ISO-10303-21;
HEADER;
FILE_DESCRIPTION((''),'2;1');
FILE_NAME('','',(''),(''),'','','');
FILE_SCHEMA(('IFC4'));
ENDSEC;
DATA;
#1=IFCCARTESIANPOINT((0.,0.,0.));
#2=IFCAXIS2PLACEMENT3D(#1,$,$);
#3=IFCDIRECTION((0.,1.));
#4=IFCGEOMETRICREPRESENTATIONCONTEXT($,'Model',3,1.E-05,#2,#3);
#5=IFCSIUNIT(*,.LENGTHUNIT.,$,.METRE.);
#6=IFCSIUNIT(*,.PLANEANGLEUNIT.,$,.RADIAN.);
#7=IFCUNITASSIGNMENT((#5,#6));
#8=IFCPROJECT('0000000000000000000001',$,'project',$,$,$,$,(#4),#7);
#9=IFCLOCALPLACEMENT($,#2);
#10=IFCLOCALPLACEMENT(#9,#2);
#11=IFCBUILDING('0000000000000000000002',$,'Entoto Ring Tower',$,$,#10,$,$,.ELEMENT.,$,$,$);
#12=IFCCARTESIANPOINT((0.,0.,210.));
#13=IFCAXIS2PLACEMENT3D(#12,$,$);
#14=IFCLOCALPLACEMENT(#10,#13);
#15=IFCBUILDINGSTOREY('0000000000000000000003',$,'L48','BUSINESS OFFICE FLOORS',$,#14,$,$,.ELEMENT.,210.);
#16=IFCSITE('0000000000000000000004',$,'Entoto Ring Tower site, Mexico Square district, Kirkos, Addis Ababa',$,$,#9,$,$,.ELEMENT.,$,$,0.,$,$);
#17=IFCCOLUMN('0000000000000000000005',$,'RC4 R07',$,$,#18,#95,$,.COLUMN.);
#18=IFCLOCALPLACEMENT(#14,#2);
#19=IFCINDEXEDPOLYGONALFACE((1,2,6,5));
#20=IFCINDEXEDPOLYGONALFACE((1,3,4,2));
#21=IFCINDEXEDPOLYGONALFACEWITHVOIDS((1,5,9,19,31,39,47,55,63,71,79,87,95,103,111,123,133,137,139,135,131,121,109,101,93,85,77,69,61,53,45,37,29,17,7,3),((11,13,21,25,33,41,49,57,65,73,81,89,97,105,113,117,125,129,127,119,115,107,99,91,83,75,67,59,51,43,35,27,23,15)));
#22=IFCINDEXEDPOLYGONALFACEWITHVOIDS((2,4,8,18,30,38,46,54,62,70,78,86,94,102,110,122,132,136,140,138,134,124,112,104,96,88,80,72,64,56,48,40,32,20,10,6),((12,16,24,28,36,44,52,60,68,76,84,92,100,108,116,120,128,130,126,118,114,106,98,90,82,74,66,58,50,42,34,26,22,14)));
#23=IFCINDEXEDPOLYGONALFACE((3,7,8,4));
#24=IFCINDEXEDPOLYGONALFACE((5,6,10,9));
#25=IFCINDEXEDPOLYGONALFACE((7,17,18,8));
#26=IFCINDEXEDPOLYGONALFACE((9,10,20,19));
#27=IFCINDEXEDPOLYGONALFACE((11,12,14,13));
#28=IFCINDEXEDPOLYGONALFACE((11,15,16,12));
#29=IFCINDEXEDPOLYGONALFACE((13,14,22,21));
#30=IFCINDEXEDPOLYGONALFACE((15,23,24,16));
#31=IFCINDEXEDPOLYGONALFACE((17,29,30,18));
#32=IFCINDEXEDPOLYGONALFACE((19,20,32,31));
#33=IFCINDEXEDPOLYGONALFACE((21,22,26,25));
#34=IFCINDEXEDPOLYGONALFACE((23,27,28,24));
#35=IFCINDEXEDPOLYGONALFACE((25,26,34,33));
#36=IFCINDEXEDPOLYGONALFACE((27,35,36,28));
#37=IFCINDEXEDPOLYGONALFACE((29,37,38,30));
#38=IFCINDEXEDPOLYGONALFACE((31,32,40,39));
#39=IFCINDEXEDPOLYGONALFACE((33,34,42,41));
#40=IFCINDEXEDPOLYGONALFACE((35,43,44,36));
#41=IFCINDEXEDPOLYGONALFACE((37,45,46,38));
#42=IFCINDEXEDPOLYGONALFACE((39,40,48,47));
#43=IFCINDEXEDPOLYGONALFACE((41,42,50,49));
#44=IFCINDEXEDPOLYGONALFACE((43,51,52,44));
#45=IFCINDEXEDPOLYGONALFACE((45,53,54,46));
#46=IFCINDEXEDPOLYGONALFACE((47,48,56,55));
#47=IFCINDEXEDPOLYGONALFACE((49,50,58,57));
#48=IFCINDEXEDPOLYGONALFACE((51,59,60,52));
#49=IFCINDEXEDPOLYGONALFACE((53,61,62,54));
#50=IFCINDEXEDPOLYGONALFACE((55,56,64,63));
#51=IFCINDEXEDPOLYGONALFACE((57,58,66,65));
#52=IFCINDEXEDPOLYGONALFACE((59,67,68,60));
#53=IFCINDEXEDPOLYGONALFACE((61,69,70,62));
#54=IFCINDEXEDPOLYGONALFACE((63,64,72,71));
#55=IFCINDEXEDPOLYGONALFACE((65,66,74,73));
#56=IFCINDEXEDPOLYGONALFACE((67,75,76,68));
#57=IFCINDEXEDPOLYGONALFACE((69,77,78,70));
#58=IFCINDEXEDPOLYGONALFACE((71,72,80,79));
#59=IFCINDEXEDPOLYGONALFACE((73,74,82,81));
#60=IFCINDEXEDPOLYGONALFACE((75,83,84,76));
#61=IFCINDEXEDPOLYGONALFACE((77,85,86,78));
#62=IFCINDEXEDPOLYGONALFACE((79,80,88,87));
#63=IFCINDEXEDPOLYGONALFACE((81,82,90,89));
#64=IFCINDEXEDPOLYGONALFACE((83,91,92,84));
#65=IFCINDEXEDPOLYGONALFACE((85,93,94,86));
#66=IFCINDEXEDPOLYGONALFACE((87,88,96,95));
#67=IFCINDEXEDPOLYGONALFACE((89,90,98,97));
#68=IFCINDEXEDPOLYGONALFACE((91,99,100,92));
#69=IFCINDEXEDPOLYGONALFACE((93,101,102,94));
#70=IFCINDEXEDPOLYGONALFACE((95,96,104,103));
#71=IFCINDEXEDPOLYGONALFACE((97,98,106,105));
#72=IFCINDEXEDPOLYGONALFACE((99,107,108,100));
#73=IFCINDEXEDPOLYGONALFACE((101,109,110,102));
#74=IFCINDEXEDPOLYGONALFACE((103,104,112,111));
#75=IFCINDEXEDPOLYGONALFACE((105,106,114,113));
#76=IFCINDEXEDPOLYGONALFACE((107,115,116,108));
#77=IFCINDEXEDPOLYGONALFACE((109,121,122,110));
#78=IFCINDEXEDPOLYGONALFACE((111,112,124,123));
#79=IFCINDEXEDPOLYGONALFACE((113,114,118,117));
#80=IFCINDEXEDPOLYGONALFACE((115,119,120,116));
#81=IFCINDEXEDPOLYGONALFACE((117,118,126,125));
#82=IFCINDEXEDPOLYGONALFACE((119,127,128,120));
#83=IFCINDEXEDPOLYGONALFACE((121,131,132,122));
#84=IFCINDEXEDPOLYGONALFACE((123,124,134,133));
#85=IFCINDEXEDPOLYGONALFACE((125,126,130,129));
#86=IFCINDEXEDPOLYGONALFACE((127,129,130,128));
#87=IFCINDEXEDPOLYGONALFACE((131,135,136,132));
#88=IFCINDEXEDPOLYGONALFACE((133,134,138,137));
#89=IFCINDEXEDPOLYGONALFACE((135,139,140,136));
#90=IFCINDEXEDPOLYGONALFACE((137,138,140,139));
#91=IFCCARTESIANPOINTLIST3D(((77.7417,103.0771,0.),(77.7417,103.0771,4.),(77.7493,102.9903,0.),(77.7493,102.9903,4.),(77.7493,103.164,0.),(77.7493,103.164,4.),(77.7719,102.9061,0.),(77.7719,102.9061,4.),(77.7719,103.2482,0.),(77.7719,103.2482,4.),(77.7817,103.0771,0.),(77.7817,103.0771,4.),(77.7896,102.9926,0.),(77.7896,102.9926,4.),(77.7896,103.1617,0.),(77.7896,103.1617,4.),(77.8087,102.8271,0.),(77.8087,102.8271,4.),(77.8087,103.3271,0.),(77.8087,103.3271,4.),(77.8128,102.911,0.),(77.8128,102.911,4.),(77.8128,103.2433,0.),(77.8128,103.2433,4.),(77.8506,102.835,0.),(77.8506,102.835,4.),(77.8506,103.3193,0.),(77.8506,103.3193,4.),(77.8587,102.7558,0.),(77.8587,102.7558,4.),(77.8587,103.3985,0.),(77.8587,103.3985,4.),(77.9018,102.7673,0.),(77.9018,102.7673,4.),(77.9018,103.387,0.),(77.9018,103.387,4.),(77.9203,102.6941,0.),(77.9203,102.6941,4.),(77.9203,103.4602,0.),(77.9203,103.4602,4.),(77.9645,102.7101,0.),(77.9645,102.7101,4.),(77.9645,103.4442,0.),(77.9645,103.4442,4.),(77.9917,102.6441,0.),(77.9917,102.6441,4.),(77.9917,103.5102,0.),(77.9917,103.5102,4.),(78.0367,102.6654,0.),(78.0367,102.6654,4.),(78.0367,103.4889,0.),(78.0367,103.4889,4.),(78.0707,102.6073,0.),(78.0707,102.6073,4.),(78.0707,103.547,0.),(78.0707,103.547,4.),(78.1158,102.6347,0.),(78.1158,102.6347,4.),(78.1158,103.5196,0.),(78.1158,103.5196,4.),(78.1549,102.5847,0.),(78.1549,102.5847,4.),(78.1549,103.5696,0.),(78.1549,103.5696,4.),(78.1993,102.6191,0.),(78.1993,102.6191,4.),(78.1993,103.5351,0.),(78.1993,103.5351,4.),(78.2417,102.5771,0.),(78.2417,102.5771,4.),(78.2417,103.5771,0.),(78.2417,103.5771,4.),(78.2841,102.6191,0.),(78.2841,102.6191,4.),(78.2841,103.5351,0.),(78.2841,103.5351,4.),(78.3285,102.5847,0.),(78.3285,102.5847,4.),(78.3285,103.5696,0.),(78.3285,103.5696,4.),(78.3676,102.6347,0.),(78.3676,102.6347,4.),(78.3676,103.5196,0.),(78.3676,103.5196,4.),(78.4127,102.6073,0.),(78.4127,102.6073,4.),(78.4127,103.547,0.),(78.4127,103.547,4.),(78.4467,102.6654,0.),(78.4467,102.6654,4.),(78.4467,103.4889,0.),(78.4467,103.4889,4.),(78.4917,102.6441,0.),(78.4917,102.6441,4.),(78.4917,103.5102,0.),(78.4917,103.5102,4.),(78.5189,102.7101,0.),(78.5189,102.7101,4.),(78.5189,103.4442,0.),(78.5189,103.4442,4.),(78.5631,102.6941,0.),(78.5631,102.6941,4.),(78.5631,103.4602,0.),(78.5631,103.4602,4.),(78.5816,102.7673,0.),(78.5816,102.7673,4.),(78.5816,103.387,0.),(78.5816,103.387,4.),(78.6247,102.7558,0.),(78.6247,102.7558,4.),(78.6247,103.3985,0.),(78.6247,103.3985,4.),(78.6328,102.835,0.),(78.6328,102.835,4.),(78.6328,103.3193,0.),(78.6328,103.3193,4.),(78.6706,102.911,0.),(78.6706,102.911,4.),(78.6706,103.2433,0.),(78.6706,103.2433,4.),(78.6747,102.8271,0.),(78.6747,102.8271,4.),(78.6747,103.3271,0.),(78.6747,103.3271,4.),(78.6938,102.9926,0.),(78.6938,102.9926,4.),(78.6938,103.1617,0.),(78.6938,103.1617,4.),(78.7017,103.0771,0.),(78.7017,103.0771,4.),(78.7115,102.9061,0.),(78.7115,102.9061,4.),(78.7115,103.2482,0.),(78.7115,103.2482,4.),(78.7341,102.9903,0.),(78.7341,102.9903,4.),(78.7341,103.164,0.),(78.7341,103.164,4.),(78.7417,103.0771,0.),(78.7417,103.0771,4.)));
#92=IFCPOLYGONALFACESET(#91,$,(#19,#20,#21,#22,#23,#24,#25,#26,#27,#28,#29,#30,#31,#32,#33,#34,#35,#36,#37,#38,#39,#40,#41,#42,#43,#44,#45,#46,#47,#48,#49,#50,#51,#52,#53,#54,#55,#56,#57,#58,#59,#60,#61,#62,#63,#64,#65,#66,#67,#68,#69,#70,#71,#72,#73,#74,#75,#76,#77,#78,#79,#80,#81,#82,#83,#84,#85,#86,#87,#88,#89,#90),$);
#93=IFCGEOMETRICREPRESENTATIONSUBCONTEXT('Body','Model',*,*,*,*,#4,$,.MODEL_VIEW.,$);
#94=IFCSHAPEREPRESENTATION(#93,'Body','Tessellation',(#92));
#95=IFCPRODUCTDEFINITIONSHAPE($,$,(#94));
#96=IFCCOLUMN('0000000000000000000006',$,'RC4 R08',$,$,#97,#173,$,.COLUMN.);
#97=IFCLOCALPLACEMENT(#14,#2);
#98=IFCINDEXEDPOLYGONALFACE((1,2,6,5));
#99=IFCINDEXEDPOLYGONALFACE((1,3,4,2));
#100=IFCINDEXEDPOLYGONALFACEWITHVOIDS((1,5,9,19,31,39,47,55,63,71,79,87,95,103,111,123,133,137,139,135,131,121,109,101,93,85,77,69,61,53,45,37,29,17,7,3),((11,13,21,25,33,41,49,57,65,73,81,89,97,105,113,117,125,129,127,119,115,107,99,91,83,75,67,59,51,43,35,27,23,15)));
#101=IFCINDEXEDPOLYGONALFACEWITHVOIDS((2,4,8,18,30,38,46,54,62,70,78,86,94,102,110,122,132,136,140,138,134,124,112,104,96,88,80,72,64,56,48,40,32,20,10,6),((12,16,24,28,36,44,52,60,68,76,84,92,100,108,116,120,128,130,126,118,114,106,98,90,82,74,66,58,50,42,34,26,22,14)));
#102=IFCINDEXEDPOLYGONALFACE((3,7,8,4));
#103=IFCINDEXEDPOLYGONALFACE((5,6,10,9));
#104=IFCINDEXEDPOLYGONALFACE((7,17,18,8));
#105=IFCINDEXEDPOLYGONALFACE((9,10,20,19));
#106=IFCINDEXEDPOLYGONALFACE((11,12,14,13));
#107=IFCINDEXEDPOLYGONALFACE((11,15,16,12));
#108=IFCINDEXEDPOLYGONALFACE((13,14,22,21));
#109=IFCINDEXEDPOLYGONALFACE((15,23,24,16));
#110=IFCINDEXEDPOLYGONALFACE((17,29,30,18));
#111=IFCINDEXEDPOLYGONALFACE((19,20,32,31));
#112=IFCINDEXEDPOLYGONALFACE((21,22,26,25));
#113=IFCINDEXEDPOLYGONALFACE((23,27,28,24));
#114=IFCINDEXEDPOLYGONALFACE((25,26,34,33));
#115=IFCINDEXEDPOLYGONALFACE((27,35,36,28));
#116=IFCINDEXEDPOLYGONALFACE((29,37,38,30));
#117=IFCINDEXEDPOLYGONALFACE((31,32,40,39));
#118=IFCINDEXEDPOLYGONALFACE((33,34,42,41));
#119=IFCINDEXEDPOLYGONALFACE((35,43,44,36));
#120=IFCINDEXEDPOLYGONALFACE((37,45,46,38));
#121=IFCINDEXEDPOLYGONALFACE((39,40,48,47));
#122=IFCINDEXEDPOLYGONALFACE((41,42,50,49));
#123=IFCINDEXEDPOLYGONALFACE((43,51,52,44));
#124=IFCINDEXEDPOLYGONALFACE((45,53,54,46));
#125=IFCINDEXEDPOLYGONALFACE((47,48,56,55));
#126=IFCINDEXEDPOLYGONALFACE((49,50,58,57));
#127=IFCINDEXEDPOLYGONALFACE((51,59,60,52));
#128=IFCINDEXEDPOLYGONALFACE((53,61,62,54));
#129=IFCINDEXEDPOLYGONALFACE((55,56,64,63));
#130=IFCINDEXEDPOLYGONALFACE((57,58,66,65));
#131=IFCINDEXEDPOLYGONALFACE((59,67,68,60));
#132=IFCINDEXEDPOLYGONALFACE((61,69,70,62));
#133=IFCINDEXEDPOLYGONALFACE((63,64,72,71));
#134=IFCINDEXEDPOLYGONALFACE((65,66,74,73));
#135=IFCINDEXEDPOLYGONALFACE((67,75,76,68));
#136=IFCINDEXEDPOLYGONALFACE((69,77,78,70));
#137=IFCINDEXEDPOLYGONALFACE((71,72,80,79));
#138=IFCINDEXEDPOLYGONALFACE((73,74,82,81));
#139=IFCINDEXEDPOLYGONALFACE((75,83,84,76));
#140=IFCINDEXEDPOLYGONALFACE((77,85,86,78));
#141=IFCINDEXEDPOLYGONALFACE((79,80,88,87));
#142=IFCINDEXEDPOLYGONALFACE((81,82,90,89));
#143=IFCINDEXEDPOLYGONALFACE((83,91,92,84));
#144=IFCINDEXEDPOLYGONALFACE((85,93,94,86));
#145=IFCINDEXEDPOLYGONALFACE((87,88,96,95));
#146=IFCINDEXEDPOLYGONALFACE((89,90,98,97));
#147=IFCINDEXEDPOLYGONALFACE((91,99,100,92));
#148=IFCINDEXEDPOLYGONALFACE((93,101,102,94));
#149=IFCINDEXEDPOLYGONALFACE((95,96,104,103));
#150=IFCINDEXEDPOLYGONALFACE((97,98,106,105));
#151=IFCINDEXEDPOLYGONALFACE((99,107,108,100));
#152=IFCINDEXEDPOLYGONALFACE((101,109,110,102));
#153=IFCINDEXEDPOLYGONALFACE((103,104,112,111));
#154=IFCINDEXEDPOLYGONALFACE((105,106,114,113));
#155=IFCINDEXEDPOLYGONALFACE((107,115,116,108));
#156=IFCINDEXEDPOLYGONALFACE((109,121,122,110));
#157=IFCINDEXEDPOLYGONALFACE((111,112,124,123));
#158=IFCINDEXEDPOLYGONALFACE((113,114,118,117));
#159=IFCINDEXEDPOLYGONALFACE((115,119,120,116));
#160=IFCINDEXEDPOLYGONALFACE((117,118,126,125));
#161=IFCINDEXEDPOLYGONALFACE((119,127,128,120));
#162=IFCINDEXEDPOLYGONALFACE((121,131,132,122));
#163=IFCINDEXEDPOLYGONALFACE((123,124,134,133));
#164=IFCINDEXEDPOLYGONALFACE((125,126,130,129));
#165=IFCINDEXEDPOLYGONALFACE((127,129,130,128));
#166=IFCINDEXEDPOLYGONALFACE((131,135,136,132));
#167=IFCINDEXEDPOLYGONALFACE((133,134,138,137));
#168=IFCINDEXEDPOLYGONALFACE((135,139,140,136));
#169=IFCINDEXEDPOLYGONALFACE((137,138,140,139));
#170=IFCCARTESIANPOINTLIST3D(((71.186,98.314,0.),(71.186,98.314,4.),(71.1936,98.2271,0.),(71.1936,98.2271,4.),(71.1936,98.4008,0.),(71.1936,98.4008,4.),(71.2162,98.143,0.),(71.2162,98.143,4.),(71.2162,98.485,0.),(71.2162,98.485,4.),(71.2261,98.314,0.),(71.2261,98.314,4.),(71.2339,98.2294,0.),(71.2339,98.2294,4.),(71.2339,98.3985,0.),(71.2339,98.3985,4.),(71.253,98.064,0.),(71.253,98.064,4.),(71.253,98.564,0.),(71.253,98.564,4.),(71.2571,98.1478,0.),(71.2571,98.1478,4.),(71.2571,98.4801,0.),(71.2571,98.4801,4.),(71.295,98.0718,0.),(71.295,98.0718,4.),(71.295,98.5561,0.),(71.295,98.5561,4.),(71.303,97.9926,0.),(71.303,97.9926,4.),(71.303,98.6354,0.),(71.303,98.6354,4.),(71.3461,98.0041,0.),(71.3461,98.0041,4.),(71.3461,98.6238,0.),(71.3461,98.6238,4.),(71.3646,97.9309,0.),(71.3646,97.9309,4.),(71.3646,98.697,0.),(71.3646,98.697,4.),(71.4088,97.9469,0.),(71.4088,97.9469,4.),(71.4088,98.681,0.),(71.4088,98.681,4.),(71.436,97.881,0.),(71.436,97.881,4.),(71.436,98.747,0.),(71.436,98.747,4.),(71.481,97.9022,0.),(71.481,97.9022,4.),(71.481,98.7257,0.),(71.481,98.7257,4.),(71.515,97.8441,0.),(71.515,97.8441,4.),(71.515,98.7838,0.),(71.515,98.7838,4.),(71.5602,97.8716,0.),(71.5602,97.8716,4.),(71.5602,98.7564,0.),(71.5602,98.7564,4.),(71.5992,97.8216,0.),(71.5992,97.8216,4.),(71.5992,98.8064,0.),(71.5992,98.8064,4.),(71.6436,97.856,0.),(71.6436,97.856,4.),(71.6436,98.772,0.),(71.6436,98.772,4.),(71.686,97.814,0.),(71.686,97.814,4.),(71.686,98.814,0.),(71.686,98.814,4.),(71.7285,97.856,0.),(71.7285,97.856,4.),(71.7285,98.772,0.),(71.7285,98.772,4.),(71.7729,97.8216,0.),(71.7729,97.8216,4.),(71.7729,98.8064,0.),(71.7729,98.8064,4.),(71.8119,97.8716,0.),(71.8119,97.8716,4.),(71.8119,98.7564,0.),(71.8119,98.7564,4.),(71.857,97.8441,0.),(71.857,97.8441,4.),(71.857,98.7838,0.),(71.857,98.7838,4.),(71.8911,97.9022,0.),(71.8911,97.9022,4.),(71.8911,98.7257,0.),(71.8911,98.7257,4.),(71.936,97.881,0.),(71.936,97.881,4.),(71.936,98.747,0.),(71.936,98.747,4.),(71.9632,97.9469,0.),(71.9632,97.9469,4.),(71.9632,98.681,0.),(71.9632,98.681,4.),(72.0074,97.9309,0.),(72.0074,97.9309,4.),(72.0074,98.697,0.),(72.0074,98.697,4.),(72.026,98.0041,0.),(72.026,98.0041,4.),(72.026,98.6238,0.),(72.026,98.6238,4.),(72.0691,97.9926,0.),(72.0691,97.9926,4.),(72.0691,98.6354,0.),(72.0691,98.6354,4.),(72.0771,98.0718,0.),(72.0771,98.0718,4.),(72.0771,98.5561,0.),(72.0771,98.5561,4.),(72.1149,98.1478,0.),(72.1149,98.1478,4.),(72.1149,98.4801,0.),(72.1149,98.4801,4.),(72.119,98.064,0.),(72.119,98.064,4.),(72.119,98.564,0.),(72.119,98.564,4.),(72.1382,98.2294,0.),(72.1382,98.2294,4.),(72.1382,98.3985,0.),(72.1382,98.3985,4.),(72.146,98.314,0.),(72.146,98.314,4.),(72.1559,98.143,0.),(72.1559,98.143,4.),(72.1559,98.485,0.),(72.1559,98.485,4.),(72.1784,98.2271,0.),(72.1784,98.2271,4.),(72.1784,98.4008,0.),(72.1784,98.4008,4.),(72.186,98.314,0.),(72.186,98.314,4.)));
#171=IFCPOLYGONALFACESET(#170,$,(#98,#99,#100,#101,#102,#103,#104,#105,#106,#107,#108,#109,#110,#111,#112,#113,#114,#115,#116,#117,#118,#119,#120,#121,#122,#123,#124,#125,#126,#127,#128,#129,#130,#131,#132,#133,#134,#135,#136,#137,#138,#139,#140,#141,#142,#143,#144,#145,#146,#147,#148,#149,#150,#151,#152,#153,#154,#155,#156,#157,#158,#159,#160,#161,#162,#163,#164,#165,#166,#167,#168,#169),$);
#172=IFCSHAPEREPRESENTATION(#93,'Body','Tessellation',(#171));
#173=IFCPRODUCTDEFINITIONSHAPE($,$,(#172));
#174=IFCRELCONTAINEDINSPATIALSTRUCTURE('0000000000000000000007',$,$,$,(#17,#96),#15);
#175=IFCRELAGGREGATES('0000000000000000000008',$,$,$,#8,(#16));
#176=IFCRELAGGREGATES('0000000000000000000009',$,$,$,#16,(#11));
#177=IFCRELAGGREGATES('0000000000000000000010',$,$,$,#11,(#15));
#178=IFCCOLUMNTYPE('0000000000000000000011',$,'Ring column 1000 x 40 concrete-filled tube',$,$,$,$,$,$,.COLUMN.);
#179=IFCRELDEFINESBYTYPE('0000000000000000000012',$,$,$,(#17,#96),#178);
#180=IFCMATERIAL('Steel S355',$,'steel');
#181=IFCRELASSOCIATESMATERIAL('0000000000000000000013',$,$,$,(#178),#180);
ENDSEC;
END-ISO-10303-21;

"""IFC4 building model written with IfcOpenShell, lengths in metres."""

from ifc_helpers import new_model, si_unit, direction, frame, origin, origin_2d, place, context, subcontext, project, spatial, circle, hollow_circle, extrude, material, material_profile, profile_set, type_object, element, save


model = new_model("IFC4")

# Units and contexts
model_context = context("Model", 3, precision=1e-05, world=origin(), true_north=direction((0.0, 1.0)))
body_context = subcontext(model_context, "Body", "Model", "MODEL_VIEW")
ifc_project = project(units=[si_unit("LENGTHUNIT", "METRE"), si_unit("PLANEANGLEUNIT", "RADIAN")], contexts=[model_context])

# Site, building, storey
site_placement = place(None, origin())
site = spatial("IfcSite", under=ifc_project, at=site_placement, Name="Entoto Ring Tower site, Mexico Square district, Kirkos, Addis Ababa", CompositionType="ELEMENT", RefElevation=0.0)
building_placement = place(site_placement, origin())
building = spatial("IfcBuilding", under=site, at=building_placement, Name="Entoto Ring Tower", CompositionType="ELEMENT")
storey_placement = place(building_placement, frame((0.0, 0.0, 210.0)))
storey = spatial("IfcBuildingStorey", under=building, at=storey_placement, Name="L48", Description="BUSINESS OFFICE FLOORS", CompositionType="ELEMENT", Elevation=210.0)

# Columns
ifc_material_1 = material(Name="Steel S355", Category="steel")
ifc_material_profile_1 = material_profile(ifc_material_1, hollow_circle(Radius=0.5, WallThickness=0.04, at=origin_2d()), Name="CHS 1000 x 40")
ifc_material_2 = material(Name="Concrete C60/75", Category="concrete")
ifc_material_profile_2 = material_profile(ifc_material_2, circle(Radius=0.46, at=origin_2d()), Name="Concrete C60/75 infill")
ifc_profile_set_1 = profile_set([ifc_material_profile_1, ifc_material_profile_2], Name="Steel S355")
column_type = type_object("IfcColumnType", Name="Ring column 1000 x 40 concrete-filled tube", PredefinedType="COLUMN", material=ifc_profile_set_1)
for number, where, z_axis, x_axis, name in (
    (1, (78.2417, 103.0771, 0.0), (0.0, 0.0, 1.0), (1.0, 0.0, 0.0), "RC4 R07"),
    (2, (71.686, 98.314, 0.0), (0.0, 0.0, 1.0), (1.0, 0.0, 0.0), "RC4 R08"),
):
    element("IfcColumn", number, at=place(storey_placement, frame(where, z_axis=z_axis, x_axis=x_axis)), inside=storey, type_object=column_type, Name=name, PredefinedType="COLUMN", context=body_context, shape_type="SweptSolid", body=[
        extrude(hollow_circle(Radius=0.5, WallThickness=0.04, at=origin_2d()), origin(), (0.0, 0.0, 1.0), 4.0),
    ])

save(model, "model.ifc")
